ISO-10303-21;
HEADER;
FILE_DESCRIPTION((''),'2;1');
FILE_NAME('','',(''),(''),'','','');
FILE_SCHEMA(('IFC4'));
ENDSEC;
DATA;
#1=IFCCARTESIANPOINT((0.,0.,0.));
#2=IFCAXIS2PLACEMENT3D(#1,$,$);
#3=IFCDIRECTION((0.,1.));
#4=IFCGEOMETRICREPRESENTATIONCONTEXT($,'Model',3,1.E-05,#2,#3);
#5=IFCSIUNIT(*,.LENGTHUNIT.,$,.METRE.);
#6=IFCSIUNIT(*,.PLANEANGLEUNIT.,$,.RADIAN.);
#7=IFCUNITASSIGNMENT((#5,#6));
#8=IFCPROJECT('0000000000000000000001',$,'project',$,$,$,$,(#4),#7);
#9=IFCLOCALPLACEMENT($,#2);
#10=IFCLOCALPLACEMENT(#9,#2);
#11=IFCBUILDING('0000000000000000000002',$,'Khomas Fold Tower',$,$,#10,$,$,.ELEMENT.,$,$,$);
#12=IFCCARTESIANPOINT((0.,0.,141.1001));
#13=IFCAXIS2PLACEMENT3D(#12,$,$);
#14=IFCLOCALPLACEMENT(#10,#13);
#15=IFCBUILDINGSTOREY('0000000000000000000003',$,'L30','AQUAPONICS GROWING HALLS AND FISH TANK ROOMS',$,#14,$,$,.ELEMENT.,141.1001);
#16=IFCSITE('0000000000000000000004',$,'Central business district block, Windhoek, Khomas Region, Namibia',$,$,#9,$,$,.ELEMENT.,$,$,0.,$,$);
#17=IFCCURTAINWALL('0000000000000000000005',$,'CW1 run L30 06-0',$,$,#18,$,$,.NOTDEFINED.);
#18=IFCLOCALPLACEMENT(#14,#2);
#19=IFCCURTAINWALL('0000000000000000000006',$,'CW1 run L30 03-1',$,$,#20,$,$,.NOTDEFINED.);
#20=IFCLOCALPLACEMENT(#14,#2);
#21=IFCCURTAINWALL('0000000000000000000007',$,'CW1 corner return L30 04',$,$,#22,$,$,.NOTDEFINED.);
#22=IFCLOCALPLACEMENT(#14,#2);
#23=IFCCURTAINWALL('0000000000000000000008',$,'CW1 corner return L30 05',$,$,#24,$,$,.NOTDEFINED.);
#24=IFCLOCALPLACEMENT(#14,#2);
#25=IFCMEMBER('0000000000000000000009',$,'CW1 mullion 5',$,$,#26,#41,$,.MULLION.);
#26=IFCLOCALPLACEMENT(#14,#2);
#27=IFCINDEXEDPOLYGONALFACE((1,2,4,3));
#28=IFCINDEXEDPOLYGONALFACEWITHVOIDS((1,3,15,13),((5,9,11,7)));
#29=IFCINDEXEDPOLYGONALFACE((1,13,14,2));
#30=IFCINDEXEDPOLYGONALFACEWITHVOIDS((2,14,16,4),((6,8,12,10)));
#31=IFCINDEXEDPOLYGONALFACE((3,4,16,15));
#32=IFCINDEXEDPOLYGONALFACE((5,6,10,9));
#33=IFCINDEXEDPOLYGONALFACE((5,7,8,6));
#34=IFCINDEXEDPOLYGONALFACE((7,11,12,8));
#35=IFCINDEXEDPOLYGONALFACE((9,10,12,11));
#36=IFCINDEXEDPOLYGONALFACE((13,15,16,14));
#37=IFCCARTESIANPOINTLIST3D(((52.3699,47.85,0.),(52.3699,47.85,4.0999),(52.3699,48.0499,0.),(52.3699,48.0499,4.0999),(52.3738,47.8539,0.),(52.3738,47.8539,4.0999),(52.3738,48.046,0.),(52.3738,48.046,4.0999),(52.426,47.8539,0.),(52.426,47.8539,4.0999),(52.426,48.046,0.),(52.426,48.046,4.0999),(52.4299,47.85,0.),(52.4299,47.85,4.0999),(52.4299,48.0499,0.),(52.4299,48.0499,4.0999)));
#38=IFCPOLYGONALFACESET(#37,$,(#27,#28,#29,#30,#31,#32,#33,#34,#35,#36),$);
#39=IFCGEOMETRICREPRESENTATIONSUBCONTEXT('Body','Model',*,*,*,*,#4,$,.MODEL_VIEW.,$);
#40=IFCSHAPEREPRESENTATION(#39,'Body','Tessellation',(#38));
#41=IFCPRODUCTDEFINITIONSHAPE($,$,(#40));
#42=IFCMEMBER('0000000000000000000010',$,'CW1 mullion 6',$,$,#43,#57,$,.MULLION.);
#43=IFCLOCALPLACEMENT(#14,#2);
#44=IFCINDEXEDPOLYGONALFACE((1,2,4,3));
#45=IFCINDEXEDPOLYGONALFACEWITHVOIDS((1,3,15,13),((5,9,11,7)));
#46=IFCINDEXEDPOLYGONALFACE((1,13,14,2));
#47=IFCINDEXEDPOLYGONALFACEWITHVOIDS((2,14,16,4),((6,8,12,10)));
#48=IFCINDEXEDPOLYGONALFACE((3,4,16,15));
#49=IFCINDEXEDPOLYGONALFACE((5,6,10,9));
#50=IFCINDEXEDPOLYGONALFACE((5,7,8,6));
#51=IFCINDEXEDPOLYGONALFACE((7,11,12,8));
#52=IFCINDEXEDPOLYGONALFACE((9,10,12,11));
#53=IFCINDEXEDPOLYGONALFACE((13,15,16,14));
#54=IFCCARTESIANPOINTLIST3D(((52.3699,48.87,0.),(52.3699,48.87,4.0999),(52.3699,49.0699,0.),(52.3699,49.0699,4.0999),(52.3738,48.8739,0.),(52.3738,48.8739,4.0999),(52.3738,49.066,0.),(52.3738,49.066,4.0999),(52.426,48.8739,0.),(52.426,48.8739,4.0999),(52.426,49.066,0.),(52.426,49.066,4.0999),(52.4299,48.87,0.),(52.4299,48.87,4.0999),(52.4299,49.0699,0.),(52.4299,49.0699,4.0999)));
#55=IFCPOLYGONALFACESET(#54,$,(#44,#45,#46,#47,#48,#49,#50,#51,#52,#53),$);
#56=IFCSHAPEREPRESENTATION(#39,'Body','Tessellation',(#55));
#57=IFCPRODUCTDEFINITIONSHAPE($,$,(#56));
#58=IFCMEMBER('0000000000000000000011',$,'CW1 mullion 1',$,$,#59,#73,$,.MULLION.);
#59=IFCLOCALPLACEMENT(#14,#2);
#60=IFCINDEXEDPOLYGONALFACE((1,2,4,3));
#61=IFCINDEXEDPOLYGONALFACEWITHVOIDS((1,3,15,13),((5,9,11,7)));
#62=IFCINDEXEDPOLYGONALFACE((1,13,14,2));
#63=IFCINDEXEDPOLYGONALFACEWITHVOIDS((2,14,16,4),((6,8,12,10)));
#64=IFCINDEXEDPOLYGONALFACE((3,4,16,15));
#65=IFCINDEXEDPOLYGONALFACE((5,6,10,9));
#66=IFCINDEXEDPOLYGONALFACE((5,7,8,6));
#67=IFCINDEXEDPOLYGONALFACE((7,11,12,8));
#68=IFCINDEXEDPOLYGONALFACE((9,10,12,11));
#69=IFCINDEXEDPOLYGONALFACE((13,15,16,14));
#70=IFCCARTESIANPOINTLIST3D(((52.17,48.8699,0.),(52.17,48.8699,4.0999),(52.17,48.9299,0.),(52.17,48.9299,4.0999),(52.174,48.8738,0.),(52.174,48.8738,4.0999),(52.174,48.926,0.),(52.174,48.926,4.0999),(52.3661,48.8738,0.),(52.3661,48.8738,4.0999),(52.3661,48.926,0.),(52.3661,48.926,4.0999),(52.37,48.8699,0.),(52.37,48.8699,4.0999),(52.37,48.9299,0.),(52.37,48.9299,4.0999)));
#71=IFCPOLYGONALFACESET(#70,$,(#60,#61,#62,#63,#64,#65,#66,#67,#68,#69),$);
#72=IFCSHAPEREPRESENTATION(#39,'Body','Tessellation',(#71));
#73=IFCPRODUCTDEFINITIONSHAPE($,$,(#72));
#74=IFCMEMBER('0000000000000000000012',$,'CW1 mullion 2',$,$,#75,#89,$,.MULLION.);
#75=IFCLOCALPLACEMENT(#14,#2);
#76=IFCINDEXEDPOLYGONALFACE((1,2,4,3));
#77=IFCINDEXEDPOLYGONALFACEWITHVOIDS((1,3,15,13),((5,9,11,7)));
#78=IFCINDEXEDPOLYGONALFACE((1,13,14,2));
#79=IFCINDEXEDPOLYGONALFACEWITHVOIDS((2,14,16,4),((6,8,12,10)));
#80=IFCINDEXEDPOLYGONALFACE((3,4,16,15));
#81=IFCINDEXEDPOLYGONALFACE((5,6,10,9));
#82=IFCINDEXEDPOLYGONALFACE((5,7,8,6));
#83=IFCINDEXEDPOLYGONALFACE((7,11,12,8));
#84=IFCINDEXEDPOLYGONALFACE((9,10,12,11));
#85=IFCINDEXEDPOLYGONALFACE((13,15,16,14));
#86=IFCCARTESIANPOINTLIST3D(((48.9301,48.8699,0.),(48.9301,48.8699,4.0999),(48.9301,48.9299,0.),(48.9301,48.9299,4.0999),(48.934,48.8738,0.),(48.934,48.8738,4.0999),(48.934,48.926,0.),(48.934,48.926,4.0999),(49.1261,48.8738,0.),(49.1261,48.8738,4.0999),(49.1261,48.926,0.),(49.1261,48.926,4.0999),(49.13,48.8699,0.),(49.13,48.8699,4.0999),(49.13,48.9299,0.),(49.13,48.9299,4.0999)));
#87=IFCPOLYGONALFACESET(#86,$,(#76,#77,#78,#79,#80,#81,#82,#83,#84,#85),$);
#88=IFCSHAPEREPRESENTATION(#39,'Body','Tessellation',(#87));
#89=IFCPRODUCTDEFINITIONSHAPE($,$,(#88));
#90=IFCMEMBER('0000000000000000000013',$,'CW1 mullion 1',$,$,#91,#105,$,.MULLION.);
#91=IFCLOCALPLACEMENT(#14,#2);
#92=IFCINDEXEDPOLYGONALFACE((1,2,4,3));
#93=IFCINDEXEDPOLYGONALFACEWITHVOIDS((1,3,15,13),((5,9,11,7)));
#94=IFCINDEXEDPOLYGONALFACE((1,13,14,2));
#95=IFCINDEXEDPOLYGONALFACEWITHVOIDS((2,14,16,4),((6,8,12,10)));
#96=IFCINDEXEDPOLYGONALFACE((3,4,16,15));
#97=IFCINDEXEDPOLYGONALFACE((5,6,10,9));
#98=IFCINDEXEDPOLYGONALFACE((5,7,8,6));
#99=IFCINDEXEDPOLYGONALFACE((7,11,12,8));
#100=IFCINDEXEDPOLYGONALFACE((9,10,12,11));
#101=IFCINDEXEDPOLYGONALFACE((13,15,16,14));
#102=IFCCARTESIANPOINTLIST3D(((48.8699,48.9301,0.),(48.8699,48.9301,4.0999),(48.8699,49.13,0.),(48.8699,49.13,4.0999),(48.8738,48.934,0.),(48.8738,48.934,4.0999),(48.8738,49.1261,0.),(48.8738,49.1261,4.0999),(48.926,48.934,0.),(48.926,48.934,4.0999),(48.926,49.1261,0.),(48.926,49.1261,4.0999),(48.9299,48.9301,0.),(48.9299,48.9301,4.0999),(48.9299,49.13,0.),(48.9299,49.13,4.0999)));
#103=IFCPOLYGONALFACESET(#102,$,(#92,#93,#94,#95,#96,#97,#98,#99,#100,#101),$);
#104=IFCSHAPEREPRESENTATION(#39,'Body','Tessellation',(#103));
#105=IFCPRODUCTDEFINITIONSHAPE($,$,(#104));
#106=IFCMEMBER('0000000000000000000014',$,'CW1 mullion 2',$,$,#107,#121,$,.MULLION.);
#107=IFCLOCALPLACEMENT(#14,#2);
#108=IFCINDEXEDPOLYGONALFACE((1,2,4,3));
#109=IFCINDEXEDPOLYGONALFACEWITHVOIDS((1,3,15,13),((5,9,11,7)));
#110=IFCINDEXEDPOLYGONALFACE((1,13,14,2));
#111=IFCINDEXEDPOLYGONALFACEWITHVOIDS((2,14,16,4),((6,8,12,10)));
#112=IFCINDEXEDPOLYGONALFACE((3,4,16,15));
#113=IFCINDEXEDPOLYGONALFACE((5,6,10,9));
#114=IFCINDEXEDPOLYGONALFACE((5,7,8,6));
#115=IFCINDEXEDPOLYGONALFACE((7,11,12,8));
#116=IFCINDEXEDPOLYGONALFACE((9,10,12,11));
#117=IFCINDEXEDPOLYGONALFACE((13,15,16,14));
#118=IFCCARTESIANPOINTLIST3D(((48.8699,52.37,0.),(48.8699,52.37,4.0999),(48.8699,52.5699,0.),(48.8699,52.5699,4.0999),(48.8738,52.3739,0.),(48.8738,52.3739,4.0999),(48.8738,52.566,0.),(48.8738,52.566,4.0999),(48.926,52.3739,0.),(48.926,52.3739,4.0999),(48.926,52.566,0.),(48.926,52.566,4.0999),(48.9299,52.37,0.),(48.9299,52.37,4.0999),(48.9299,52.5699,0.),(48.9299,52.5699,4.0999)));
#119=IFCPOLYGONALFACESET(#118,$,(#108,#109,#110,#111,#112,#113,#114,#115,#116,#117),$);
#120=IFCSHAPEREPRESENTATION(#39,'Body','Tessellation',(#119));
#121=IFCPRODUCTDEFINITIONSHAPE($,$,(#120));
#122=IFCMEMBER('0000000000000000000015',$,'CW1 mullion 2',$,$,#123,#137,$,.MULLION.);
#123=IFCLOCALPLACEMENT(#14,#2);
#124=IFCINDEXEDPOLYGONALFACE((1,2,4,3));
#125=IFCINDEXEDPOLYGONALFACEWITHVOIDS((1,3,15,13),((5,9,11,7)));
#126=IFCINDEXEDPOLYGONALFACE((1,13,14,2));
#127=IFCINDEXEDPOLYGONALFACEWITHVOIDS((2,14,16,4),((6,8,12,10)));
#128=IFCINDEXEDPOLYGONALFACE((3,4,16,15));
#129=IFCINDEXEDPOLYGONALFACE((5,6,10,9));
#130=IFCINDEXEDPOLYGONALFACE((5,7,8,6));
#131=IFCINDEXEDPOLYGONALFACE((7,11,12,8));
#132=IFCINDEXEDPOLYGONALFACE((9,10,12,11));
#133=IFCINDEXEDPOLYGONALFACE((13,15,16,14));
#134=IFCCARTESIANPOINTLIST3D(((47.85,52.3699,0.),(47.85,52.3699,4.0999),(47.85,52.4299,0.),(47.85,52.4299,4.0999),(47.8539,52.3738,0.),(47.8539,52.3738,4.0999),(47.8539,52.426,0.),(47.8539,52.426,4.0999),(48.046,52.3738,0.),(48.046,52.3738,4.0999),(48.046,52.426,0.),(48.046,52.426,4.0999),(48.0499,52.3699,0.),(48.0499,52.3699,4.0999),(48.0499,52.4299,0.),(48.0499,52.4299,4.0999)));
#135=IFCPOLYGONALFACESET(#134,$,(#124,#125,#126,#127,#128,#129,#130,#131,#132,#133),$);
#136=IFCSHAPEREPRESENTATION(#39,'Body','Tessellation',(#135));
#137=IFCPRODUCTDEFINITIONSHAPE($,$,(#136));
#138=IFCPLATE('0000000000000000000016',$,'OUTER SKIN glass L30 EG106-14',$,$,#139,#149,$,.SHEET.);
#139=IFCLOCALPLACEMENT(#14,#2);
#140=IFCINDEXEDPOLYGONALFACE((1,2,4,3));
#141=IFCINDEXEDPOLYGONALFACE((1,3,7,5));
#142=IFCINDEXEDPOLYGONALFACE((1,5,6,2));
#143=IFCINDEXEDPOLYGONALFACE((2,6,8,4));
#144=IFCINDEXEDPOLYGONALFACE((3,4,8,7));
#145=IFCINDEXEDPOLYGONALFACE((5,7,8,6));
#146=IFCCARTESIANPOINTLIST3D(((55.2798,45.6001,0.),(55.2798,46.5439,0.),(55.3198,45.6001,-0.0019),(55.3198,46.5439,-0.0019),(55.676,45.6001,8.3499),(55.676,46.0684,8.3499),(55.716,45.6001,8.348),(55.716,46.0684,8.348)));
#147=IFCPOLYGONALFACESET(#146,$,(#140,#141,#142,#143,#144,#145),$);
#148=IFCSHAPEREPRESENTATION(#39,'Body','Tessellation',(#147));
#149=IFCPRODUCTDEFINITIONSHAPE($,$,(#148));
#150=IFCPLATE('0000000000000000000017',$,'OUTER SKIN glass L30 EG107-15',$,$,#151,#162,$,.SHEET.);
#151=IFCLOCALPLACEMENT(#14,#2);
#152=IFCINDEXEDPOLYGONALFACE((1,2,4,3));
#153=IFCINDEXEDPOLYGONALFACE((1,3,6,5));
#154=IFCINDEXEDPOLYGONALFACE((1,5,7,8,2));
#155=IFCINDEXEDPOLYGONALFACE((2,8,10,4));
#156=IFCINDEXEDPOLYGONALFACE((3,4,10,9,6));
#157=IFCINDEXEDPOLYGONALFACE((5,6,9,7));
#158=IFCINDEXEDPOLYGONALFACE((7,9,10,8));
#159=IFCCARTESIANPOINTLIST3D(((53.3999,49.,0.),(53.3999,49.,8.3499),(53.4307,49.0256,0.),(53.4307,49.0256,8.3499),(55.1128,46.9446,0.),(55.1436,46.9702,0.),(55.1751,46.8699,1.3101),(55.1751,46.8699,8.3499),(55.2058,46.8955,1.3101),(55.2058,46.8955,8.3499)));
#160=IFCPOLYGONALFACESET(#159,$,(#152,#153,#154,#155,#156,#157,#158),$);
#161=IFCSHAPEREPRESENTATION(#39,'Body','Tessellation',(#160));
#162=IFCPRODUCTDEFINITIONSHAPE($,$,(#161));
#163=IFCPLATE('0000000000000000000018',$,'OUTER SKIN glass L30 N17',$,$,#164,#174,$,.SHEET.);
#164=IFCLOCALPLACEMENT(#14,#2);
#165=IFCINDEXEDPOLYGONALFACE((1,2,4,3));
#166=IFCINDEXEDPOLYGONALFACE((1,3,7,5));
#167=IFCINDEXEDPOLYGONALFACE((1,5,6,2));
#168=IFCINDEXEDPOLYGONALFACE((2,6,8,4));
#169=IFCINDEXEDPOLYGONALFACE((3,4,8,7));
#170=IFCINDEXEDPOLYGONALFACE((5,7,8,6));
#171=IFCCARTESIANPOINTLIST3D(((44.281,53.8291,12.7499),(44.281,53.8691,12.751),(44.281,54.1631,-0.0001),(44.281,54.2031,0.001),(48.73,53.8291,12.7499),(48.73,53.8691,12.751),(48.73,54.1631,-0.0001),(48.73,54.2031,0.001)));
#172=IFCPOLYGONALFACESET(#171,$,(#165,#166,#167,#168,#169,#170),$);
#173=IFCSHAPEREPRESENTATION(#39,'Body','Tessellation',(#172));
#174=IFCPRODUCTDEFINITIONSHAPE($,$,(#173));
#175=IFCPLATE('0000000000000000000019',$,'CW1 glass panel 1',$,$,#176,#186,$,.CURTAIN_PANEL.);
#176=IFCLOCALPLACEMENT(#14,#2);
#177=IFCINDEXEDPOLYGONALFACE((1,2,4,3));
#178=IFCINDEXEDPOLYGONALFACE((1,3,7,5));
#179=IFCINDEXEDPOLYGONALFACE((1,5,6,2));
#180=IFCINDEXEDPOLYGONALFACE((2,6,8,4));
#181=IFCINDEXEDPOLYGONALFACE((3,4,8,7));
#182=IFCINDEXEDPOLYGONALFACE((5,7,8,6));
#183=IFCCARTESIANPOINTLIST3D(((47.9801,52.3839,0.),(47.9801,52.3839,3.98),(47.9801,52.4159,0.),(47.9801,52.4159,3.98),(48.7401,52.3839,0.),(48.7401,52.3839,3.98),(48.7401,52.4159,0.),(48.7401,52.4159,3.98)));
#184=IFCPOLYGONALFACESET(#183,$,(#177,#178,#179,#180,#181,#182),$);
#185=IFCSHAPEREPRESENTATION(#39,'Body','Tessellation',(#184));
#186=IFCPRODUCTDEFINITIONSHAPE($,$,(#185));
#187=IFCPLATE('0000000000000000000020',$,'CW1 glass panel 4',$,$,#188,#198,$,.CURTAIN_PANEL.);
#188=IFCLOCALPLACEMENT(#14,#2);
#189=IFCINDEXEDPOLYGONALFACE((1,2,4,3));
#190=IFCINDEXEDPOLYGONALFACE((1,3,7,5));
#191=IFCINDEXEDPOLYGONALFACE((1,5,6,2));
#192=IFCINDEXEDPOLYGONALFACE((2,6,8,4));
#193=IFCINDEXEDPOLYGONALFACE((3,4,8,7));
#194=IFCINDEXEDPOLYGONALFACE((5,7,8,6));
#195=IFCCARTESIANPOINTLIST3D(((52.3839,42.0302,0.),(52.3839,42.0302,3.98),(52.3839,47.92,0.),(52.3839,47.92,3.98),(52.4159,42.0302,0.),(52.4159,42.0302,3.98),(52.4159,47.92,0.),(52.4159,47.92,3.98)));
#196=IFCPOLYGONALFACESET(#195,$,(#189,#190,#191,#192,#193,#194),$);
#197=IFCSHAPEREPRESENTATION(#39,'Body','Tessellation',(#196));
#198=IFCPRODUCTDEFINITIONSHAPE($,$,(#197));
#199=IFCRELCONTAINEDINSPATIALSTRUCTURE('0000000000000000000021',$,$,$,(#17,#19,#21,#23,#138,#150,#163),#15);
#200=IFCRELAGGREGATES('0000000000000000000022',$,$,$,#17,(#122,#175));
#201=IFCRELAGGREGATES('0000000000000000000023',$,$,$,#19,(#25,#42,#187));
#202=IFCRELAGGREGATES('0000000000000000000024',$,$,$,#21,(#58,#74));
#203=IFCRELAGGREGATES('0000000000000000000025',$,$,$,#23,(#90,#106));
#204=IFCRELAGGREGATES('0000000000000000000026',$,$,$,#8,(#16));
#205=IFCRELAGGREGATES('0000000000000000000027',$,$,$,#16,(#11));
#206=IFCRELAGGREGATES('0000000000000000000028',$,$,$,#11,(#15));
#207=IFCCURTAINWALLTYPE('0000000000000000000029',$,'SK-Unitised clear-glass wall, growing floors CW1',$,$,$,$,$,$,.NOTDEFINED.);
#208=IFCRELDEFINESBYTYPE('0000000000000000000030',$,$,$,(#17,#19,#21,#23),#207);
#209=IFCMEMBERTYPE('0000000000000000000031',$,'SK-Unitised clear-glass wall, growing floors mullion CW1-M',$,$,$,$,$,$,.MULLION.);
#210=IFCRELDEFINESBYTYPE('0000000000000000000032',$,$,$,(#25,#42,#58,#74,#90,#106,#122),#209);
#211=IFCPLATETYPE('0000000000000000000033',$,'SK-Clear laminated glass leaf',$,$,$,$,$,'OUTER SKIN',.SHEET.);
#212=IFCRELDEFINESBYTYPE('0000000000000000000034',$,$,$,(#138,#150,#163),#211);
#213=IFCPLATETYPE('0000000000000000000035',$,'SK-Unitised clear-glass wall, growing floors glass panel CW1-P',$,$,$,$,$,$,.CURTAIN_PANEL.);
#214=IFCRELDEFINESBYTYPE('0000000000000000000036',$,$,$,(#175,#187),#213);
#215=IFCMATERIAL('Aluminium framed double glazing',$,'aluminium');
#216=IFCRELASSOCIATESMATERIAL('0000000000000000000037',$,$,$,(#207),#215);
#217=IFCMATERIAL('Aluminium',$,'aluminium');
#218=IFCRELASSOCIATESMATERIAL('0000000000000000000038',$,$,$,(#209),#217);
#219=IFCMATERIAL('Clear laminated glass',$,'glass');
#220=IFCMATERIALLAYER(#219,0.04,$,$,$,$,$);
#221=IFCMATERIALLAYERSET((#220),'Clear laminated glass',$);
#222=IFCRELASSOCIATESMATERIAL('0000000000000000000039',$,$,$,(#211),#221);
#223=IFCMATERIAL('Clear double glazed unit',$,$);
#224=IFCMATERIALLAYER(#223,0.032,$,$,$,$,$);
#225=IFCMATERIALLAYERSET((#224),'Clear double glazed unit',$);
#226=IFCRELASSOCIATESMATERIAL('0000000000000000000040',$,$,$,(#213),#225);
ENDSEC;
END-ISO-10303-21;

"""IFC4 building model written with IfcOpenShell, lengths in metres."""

from ifc_helpers import new_model, si_unit, direction, frame, origin, origin_2d, place, context, subcontext, project, spatial, polyline, rectangle, hollow_rectangle, outline, extrude, source, transform, mapped, material, layer, layer_set, material_profile, profile_set, type_object, element, aggregate, save


model = new_model("IFC4")

# Units and contexts
model_context = context("Model", 3, precision=1e-05, world=origin(), true_north=direction((0.0, 1.0)))
body_context = subcontext(model_context, "Body", "Model", "MODEL_VIEW")
ifc_project = project(units=[si_unit("LENGTHUNIT", "METRE"), si_unit("PLANEANGLEUNIT", "RADIAN")], contexts=[model_context])

# Site, building, storey
site_placement = place(None, origin())
site = spatial("IfcSite", under=ifc_project, at=site_placement, Name="Central business district block, Windhoek, Khomas Region, Namibia", CompositionType="ELEMENT", RefElevation=0.0)
building_placement = place(site_placement, origin())
building = spatial("IfcBuilding", under=site, at=building_placement, Name="Khomas Fold Tower", CompositionType="ELEMENT")
storey_placement = place(building_placement, frame((0.0, 0.0, 141.1001)))
storey = spatial("IfcBuildingStorey", under=building, at=storey_placement, Name="L30", Description="AQUAPONICS GROWING HALLS AND FISH TANK ROOMS", CompositionType="ELEMENT", Elevation=141.1001)

# Curtain wall
ifc_material_1 = material(Name="Aluminium framed double glazing", Category="aluminium")
curtain_wall_type = type_object("IfcCurtainWallType", Name="SK-Unitised clear-glass wall, growing floors CW1", PredefinedType="NOTDEFINED", material=ifc_material_1)
curtain_wall_1_placement = place(storey_placement, origin())
curtain_wall_1 = element("IfcCurtainWall", 1, at=curtain_wall_1_placement, inside=storey, type_object=curtain_wall_type, Name="CW1 run L30 06-0", PredefinedType="NOTDEFINED")

# Curtain walls
curtain_wall_2_placement = place(storey_placement, origin())
curtain_wall_2 = element("IfcCurtainWall", 2, at=curtain_wall_2_placement, inside=storey, type_object=curtain_wall_type, Name="CW1 run L30 03-1", PredefinedType="NOTDEFINED")
curtain_wall_3_placement = place(storey_placement, origin())
curtain_wall_3 = element("IfcCurtainWall", 3, at=curtain_wall_3_placement, inside=storey, type_object=curtain_wall_type, Name="CW1 corner return L30 04", PredefinedType="NOTDEFINED")
curtain_wall_4_placement = place(storey_placement, origin())
curtain_wall_4 = element("IfcCurtainWall", 4, at=curtain_wall_4_placement, inside=storey, type_object=curtain_wall_type, Name="CW1 corner return L30 05", PredefinedType="NOTDEFINED")

# Members
ifc_material_2 = material(Name="Aluminium", Category="aluminium")
ifc_material_profile_1 = material_profile(ifc_material_2, hollow_rectangle(XDim=0.0601, YDim=0.2, WallThickness=0.0039, at=origin_2d()), Name="SK-Unitised clear-glass wall, growing floors mullion CW1-M")
ifc_profile_set_1 = profile_set([ifc_material_profile_1], Name="Aluminium")
member_type_1 = type_object("IfcMemberType", Name="SK-Unitised clear-glass wall, growing floors mullion CW1-M", PredefinedType="MULLION", material=ifc_profile_set_1)
shared_shape_1 = source(origin(), body_context, "Body", "SweptSolid", [
    extrude(hollow_rectangle(XDim=0.0601, YDim=0.2, WallThickness=0.0039, at=origin_2d()), origin(), (0.0, 0.0, 1.0), 4.0999),
])
member_1_placement = place(storey_placement, frame((52.3999, 47.95, 0.0), z_axis=(0.0, 0.0, 1.0), x_axis=(-1.0, 0.0, 0.0)))
member_1 = element("IfcMember", 5, at=member_1_placement, type_object=member_type_1, Name="CW1 mullion 5", PredefinedType="MULLION", context=body_context, shape_type="MappedRepresentation", body=[
    mapped(shared_shape_1, transform((0.0, 0.0, 0.0))),
])
member_2_placement = place(storey_placement, frame((52.3999, 48.97, 0.0), z_axis=(0.0, 0.0, 1.0), x_axis=(-1.0, 0.0, 0.0)))
member_2 = element("IfcMember", 6, at=member_2_placement, type_object=member_type_1, Name="CW1 mullion 6", PredefinedType="MULLION", context=body_context, shape_type="MappedRepresentation", body=[
    mapped(shared_shape_1, transform((0.0, 0.0, 0.0))),
])
member_3_placement = place(storey_placement, frame((52.27, 48.8999, 0.0), z_axis=(0.0, 0.0, 1.0), x_axis=(0.0, -1.0, 0.0)))
member_3 = element("IfcMember", 7, at=member_3_placement, type_object=member_type_1, Name="CW1 mullion 1", PredefinedType="MULLION", context=body_context, shape_type="MappedRepresentation", body=[
    mapped(shared_shape_1, transform((0.0, 0.0, 0.0))),
])
member_4_placement = place(storey_placement, frame((49.03, 48.8999, 0.0), z_axis=(0.0, 0.0, 1.0), x_axis=(0.0, -1.0, 0.0)))
member_4 = element("IfcMember", 8, at=member_4_placement, type_object=member_type_1, Name="CW1 mullion 2", PredefinedType="MULLION", context=body_context, shape_type="MappedRepresentation", body=[
    mapped(shared_shape_1, transform((0.0, 0.0, 0.0))),
])
member_5_placement = place(storey_placement, frame((48.8999, 49.03, 0.0), z_axis=(0.0, 0.0, 1.0), x_axis=(-1.0, 0.0, 0.0)))
member_5 = element("IfcMember", 9, at=member_5_placement, type_object=member_type_1, Name="CW1 mullion 1", PredefinedType="MULLION", context=body_context, shape_type="MappedRepresentation", body=[
    mapped(shared_shape_1, transform((0.0, 0.0, 0.0))),
])
member_6_placement = place(storey_placement, frame((48.8999, 52.47, 0.0), z_axis=(0.0, 0.0, 1.0), x_axis=(-1.0, 0.0, 0.0)))
member_6 = element("IfcMember", 10, at=member_6_placement, type_object=member_type_1, Name="CW1 mullion 2", PredefinedType="MULLION", context=body_context, shape_type="MappedRepresentation", body=[
    mapped(shared_shape_1, transform((0.0, 0.0, 0.0))),
])
member_7_placement = place(storey_placement, frame((47.95, 52.3999, 0.0), z_axis=(0.0, 0.0, 1.0), x_axis=(0.0, -1.0, 0.0)))
member_7 = element("IfcMember", 11, at=member_7_placement, type_object=member_type_1, Name="CW1 mullion 2", PredefinedType="MULLION", context=body_context, shape_type="MappedRepresentation", body=[
    mapped(shared_shape_1, transform((0.0, 0.0, 0.0))),
])

# Plates
ifc_material_3 = material(Name="Clear laminated glass", Category="glass")
ifc_layer_1 = layer(ifc_material_3, 0.04)
ifc_layer_set_1 = layer_set([ifc_layer_1], Name="Clear laminated glass")
plate_type_1 = type_object("IfcPlateType", Name="SK-Clear laminated glass leaf", ElementType="OUTER SKIN", PredefinedType="SHEET", material=ifc_layer_set_1)
plate_1_placement = place(storey_placement, frame((55.676, 45.6001, 8.3499), z_axis=(-0.998876, 0.0, 0.047401), x_axis=(0.0, 1.0, 0.0)))
element("IfcPlate", 12, at=plate_1_placement, inside=storey, type_object=plate_type_1, Name="OUTER SKIN glass L30 EG106-14", PredefinedType="SHEET", context=body_context, shape_type="SweptSolid", body=[
    extrude(outline(polyline([(0.0, 0.0), (0.4683, 0.0), (0.9438, 8.3592), (0.0, 8.3592), (0.0, 0.0)])), origin(), (0.0, 0.0, -1.0), 0.04),
])
plate_2_placement = place(storey_placement, frame((55.1436, 46.9702, 0.0), z_axis=(0.768214, 0.640193, 0.0), x_axis=(0.047392, -0.056869, 0.997256)))
element("IfcPlate", 13, at=plate_2_placement, inside=storey, type_object=plate_type_1, Name="OUTER SKIN glass L30 EG107-15", PredefinedType="SHEET", context=body_context, shape_type="SweptSolid", body=[
    extrude(outline(polyline([(0.0, 0.0), (1.3137, 0.0), (8.3341, -0.5211), (8.1289, -3.2864), (-0.1981, -2.6682), (0.0, 0.0)])), origin(), (0.0, 0.0, -1.0), 0.04),
])
plate_3_placement = place(storey_placement, frame((44.281, 54.2031, 0.001), z_axis=(0.0, 0.999657, 0.026186), x_axis=(1.0, 0.0, 0.0)))
element("IfcPlate", 14, at=plate_3_placement, inside=storey, type_object=plate_type_1, Name="OUTER SKIN glass L30 N17", PredefinedType="SHEET", context=body_context, shape_type="SweptSolid", body=[
    extrude(outline(polyline([(0.0, 0.0), (4.449, 0.0), (4.449, -12.7544), (0.0, -12.7544), (0.0, 0.0)])), origin(), (0.0, 0.0, -1.0), 0.04),
])

# Plates
ifc_material_4 = material(Name="Clear double glazed unit")
ifc_layer_2 = layer(ifc_material_4, 0.032)
ifc_layer_set_2 = layer_set([ifc_layer_2], Name="Clear double glazed unit")
plate_type_2 = type_object("IfcPlateType", Name="SK-Unitised clear-glass wall, growing floors glass panel CW1-P", PredefinedType="CURTAIN_PANEL", material=ifc_layer_set_2)
shared_shape_2 = source(origin(), body_context, "Body", "SweptSolid", [
    extrude(rectangle(XDim=0.76, YDim=0.032, at=origin_2d()), origin(), (0.0, 0.0, 1.0), 3.98),
])
plate_4_placement = place(storey_placement, frame((48.3601, 52.3999, 0.0), z_axis=(0.0, 0.0, 1.0), x_axis=(-1.0, 0.0, 0.0)))
plate_4 = element("IfcPlate", 15, at=plate_4_placement, type_object=plate_type_2, Name="CW1 glass panel 1", PredefinedType="CURTAIN_PANEL", context=body_context, shape_type="MappedRepresentation", body=[
    mapped(shared_shape_2, transform((0.0, 0.0, 0.0))),
])
shared_shape_3 = source(origin(), body_context, "Body", "SweptSolid", [
    extrude(rectangle(XDim=5.8899, YDim=0.032, at=origin_2d()), origin(), (0.0, 0.0, 1.0), 3.98),
])
plate_5_placement = place(storey_placement, frame((52.3999, 44.9751, 0.0), z_axis=(0.0, 0.0, 1.0), x_axis=(0.0, 1.0, 0.0)))
plate_5 = element("IfcPlate", 16, at=plate_5_placement, type_object=plate_type_2, Name="CW1 glass panel 4", PredefinedType="CURTAIN_PANEL", context=body_context, shape_type="MappedRepresentation", body=[
    mapped(shared_shape_3, transform((0.0, 0.0, 0.0))),
])
aggregate(curtain_wall_1, [member_7, plate_4])
aggregate(curtain_wall_2, [member_1, member_2, plate_5])
aggregate(curtain_wall_3, [member_3, member_4])
aggregate(curtain_wall_4, [member_5, member_6])

save(model, "model.ifc")
